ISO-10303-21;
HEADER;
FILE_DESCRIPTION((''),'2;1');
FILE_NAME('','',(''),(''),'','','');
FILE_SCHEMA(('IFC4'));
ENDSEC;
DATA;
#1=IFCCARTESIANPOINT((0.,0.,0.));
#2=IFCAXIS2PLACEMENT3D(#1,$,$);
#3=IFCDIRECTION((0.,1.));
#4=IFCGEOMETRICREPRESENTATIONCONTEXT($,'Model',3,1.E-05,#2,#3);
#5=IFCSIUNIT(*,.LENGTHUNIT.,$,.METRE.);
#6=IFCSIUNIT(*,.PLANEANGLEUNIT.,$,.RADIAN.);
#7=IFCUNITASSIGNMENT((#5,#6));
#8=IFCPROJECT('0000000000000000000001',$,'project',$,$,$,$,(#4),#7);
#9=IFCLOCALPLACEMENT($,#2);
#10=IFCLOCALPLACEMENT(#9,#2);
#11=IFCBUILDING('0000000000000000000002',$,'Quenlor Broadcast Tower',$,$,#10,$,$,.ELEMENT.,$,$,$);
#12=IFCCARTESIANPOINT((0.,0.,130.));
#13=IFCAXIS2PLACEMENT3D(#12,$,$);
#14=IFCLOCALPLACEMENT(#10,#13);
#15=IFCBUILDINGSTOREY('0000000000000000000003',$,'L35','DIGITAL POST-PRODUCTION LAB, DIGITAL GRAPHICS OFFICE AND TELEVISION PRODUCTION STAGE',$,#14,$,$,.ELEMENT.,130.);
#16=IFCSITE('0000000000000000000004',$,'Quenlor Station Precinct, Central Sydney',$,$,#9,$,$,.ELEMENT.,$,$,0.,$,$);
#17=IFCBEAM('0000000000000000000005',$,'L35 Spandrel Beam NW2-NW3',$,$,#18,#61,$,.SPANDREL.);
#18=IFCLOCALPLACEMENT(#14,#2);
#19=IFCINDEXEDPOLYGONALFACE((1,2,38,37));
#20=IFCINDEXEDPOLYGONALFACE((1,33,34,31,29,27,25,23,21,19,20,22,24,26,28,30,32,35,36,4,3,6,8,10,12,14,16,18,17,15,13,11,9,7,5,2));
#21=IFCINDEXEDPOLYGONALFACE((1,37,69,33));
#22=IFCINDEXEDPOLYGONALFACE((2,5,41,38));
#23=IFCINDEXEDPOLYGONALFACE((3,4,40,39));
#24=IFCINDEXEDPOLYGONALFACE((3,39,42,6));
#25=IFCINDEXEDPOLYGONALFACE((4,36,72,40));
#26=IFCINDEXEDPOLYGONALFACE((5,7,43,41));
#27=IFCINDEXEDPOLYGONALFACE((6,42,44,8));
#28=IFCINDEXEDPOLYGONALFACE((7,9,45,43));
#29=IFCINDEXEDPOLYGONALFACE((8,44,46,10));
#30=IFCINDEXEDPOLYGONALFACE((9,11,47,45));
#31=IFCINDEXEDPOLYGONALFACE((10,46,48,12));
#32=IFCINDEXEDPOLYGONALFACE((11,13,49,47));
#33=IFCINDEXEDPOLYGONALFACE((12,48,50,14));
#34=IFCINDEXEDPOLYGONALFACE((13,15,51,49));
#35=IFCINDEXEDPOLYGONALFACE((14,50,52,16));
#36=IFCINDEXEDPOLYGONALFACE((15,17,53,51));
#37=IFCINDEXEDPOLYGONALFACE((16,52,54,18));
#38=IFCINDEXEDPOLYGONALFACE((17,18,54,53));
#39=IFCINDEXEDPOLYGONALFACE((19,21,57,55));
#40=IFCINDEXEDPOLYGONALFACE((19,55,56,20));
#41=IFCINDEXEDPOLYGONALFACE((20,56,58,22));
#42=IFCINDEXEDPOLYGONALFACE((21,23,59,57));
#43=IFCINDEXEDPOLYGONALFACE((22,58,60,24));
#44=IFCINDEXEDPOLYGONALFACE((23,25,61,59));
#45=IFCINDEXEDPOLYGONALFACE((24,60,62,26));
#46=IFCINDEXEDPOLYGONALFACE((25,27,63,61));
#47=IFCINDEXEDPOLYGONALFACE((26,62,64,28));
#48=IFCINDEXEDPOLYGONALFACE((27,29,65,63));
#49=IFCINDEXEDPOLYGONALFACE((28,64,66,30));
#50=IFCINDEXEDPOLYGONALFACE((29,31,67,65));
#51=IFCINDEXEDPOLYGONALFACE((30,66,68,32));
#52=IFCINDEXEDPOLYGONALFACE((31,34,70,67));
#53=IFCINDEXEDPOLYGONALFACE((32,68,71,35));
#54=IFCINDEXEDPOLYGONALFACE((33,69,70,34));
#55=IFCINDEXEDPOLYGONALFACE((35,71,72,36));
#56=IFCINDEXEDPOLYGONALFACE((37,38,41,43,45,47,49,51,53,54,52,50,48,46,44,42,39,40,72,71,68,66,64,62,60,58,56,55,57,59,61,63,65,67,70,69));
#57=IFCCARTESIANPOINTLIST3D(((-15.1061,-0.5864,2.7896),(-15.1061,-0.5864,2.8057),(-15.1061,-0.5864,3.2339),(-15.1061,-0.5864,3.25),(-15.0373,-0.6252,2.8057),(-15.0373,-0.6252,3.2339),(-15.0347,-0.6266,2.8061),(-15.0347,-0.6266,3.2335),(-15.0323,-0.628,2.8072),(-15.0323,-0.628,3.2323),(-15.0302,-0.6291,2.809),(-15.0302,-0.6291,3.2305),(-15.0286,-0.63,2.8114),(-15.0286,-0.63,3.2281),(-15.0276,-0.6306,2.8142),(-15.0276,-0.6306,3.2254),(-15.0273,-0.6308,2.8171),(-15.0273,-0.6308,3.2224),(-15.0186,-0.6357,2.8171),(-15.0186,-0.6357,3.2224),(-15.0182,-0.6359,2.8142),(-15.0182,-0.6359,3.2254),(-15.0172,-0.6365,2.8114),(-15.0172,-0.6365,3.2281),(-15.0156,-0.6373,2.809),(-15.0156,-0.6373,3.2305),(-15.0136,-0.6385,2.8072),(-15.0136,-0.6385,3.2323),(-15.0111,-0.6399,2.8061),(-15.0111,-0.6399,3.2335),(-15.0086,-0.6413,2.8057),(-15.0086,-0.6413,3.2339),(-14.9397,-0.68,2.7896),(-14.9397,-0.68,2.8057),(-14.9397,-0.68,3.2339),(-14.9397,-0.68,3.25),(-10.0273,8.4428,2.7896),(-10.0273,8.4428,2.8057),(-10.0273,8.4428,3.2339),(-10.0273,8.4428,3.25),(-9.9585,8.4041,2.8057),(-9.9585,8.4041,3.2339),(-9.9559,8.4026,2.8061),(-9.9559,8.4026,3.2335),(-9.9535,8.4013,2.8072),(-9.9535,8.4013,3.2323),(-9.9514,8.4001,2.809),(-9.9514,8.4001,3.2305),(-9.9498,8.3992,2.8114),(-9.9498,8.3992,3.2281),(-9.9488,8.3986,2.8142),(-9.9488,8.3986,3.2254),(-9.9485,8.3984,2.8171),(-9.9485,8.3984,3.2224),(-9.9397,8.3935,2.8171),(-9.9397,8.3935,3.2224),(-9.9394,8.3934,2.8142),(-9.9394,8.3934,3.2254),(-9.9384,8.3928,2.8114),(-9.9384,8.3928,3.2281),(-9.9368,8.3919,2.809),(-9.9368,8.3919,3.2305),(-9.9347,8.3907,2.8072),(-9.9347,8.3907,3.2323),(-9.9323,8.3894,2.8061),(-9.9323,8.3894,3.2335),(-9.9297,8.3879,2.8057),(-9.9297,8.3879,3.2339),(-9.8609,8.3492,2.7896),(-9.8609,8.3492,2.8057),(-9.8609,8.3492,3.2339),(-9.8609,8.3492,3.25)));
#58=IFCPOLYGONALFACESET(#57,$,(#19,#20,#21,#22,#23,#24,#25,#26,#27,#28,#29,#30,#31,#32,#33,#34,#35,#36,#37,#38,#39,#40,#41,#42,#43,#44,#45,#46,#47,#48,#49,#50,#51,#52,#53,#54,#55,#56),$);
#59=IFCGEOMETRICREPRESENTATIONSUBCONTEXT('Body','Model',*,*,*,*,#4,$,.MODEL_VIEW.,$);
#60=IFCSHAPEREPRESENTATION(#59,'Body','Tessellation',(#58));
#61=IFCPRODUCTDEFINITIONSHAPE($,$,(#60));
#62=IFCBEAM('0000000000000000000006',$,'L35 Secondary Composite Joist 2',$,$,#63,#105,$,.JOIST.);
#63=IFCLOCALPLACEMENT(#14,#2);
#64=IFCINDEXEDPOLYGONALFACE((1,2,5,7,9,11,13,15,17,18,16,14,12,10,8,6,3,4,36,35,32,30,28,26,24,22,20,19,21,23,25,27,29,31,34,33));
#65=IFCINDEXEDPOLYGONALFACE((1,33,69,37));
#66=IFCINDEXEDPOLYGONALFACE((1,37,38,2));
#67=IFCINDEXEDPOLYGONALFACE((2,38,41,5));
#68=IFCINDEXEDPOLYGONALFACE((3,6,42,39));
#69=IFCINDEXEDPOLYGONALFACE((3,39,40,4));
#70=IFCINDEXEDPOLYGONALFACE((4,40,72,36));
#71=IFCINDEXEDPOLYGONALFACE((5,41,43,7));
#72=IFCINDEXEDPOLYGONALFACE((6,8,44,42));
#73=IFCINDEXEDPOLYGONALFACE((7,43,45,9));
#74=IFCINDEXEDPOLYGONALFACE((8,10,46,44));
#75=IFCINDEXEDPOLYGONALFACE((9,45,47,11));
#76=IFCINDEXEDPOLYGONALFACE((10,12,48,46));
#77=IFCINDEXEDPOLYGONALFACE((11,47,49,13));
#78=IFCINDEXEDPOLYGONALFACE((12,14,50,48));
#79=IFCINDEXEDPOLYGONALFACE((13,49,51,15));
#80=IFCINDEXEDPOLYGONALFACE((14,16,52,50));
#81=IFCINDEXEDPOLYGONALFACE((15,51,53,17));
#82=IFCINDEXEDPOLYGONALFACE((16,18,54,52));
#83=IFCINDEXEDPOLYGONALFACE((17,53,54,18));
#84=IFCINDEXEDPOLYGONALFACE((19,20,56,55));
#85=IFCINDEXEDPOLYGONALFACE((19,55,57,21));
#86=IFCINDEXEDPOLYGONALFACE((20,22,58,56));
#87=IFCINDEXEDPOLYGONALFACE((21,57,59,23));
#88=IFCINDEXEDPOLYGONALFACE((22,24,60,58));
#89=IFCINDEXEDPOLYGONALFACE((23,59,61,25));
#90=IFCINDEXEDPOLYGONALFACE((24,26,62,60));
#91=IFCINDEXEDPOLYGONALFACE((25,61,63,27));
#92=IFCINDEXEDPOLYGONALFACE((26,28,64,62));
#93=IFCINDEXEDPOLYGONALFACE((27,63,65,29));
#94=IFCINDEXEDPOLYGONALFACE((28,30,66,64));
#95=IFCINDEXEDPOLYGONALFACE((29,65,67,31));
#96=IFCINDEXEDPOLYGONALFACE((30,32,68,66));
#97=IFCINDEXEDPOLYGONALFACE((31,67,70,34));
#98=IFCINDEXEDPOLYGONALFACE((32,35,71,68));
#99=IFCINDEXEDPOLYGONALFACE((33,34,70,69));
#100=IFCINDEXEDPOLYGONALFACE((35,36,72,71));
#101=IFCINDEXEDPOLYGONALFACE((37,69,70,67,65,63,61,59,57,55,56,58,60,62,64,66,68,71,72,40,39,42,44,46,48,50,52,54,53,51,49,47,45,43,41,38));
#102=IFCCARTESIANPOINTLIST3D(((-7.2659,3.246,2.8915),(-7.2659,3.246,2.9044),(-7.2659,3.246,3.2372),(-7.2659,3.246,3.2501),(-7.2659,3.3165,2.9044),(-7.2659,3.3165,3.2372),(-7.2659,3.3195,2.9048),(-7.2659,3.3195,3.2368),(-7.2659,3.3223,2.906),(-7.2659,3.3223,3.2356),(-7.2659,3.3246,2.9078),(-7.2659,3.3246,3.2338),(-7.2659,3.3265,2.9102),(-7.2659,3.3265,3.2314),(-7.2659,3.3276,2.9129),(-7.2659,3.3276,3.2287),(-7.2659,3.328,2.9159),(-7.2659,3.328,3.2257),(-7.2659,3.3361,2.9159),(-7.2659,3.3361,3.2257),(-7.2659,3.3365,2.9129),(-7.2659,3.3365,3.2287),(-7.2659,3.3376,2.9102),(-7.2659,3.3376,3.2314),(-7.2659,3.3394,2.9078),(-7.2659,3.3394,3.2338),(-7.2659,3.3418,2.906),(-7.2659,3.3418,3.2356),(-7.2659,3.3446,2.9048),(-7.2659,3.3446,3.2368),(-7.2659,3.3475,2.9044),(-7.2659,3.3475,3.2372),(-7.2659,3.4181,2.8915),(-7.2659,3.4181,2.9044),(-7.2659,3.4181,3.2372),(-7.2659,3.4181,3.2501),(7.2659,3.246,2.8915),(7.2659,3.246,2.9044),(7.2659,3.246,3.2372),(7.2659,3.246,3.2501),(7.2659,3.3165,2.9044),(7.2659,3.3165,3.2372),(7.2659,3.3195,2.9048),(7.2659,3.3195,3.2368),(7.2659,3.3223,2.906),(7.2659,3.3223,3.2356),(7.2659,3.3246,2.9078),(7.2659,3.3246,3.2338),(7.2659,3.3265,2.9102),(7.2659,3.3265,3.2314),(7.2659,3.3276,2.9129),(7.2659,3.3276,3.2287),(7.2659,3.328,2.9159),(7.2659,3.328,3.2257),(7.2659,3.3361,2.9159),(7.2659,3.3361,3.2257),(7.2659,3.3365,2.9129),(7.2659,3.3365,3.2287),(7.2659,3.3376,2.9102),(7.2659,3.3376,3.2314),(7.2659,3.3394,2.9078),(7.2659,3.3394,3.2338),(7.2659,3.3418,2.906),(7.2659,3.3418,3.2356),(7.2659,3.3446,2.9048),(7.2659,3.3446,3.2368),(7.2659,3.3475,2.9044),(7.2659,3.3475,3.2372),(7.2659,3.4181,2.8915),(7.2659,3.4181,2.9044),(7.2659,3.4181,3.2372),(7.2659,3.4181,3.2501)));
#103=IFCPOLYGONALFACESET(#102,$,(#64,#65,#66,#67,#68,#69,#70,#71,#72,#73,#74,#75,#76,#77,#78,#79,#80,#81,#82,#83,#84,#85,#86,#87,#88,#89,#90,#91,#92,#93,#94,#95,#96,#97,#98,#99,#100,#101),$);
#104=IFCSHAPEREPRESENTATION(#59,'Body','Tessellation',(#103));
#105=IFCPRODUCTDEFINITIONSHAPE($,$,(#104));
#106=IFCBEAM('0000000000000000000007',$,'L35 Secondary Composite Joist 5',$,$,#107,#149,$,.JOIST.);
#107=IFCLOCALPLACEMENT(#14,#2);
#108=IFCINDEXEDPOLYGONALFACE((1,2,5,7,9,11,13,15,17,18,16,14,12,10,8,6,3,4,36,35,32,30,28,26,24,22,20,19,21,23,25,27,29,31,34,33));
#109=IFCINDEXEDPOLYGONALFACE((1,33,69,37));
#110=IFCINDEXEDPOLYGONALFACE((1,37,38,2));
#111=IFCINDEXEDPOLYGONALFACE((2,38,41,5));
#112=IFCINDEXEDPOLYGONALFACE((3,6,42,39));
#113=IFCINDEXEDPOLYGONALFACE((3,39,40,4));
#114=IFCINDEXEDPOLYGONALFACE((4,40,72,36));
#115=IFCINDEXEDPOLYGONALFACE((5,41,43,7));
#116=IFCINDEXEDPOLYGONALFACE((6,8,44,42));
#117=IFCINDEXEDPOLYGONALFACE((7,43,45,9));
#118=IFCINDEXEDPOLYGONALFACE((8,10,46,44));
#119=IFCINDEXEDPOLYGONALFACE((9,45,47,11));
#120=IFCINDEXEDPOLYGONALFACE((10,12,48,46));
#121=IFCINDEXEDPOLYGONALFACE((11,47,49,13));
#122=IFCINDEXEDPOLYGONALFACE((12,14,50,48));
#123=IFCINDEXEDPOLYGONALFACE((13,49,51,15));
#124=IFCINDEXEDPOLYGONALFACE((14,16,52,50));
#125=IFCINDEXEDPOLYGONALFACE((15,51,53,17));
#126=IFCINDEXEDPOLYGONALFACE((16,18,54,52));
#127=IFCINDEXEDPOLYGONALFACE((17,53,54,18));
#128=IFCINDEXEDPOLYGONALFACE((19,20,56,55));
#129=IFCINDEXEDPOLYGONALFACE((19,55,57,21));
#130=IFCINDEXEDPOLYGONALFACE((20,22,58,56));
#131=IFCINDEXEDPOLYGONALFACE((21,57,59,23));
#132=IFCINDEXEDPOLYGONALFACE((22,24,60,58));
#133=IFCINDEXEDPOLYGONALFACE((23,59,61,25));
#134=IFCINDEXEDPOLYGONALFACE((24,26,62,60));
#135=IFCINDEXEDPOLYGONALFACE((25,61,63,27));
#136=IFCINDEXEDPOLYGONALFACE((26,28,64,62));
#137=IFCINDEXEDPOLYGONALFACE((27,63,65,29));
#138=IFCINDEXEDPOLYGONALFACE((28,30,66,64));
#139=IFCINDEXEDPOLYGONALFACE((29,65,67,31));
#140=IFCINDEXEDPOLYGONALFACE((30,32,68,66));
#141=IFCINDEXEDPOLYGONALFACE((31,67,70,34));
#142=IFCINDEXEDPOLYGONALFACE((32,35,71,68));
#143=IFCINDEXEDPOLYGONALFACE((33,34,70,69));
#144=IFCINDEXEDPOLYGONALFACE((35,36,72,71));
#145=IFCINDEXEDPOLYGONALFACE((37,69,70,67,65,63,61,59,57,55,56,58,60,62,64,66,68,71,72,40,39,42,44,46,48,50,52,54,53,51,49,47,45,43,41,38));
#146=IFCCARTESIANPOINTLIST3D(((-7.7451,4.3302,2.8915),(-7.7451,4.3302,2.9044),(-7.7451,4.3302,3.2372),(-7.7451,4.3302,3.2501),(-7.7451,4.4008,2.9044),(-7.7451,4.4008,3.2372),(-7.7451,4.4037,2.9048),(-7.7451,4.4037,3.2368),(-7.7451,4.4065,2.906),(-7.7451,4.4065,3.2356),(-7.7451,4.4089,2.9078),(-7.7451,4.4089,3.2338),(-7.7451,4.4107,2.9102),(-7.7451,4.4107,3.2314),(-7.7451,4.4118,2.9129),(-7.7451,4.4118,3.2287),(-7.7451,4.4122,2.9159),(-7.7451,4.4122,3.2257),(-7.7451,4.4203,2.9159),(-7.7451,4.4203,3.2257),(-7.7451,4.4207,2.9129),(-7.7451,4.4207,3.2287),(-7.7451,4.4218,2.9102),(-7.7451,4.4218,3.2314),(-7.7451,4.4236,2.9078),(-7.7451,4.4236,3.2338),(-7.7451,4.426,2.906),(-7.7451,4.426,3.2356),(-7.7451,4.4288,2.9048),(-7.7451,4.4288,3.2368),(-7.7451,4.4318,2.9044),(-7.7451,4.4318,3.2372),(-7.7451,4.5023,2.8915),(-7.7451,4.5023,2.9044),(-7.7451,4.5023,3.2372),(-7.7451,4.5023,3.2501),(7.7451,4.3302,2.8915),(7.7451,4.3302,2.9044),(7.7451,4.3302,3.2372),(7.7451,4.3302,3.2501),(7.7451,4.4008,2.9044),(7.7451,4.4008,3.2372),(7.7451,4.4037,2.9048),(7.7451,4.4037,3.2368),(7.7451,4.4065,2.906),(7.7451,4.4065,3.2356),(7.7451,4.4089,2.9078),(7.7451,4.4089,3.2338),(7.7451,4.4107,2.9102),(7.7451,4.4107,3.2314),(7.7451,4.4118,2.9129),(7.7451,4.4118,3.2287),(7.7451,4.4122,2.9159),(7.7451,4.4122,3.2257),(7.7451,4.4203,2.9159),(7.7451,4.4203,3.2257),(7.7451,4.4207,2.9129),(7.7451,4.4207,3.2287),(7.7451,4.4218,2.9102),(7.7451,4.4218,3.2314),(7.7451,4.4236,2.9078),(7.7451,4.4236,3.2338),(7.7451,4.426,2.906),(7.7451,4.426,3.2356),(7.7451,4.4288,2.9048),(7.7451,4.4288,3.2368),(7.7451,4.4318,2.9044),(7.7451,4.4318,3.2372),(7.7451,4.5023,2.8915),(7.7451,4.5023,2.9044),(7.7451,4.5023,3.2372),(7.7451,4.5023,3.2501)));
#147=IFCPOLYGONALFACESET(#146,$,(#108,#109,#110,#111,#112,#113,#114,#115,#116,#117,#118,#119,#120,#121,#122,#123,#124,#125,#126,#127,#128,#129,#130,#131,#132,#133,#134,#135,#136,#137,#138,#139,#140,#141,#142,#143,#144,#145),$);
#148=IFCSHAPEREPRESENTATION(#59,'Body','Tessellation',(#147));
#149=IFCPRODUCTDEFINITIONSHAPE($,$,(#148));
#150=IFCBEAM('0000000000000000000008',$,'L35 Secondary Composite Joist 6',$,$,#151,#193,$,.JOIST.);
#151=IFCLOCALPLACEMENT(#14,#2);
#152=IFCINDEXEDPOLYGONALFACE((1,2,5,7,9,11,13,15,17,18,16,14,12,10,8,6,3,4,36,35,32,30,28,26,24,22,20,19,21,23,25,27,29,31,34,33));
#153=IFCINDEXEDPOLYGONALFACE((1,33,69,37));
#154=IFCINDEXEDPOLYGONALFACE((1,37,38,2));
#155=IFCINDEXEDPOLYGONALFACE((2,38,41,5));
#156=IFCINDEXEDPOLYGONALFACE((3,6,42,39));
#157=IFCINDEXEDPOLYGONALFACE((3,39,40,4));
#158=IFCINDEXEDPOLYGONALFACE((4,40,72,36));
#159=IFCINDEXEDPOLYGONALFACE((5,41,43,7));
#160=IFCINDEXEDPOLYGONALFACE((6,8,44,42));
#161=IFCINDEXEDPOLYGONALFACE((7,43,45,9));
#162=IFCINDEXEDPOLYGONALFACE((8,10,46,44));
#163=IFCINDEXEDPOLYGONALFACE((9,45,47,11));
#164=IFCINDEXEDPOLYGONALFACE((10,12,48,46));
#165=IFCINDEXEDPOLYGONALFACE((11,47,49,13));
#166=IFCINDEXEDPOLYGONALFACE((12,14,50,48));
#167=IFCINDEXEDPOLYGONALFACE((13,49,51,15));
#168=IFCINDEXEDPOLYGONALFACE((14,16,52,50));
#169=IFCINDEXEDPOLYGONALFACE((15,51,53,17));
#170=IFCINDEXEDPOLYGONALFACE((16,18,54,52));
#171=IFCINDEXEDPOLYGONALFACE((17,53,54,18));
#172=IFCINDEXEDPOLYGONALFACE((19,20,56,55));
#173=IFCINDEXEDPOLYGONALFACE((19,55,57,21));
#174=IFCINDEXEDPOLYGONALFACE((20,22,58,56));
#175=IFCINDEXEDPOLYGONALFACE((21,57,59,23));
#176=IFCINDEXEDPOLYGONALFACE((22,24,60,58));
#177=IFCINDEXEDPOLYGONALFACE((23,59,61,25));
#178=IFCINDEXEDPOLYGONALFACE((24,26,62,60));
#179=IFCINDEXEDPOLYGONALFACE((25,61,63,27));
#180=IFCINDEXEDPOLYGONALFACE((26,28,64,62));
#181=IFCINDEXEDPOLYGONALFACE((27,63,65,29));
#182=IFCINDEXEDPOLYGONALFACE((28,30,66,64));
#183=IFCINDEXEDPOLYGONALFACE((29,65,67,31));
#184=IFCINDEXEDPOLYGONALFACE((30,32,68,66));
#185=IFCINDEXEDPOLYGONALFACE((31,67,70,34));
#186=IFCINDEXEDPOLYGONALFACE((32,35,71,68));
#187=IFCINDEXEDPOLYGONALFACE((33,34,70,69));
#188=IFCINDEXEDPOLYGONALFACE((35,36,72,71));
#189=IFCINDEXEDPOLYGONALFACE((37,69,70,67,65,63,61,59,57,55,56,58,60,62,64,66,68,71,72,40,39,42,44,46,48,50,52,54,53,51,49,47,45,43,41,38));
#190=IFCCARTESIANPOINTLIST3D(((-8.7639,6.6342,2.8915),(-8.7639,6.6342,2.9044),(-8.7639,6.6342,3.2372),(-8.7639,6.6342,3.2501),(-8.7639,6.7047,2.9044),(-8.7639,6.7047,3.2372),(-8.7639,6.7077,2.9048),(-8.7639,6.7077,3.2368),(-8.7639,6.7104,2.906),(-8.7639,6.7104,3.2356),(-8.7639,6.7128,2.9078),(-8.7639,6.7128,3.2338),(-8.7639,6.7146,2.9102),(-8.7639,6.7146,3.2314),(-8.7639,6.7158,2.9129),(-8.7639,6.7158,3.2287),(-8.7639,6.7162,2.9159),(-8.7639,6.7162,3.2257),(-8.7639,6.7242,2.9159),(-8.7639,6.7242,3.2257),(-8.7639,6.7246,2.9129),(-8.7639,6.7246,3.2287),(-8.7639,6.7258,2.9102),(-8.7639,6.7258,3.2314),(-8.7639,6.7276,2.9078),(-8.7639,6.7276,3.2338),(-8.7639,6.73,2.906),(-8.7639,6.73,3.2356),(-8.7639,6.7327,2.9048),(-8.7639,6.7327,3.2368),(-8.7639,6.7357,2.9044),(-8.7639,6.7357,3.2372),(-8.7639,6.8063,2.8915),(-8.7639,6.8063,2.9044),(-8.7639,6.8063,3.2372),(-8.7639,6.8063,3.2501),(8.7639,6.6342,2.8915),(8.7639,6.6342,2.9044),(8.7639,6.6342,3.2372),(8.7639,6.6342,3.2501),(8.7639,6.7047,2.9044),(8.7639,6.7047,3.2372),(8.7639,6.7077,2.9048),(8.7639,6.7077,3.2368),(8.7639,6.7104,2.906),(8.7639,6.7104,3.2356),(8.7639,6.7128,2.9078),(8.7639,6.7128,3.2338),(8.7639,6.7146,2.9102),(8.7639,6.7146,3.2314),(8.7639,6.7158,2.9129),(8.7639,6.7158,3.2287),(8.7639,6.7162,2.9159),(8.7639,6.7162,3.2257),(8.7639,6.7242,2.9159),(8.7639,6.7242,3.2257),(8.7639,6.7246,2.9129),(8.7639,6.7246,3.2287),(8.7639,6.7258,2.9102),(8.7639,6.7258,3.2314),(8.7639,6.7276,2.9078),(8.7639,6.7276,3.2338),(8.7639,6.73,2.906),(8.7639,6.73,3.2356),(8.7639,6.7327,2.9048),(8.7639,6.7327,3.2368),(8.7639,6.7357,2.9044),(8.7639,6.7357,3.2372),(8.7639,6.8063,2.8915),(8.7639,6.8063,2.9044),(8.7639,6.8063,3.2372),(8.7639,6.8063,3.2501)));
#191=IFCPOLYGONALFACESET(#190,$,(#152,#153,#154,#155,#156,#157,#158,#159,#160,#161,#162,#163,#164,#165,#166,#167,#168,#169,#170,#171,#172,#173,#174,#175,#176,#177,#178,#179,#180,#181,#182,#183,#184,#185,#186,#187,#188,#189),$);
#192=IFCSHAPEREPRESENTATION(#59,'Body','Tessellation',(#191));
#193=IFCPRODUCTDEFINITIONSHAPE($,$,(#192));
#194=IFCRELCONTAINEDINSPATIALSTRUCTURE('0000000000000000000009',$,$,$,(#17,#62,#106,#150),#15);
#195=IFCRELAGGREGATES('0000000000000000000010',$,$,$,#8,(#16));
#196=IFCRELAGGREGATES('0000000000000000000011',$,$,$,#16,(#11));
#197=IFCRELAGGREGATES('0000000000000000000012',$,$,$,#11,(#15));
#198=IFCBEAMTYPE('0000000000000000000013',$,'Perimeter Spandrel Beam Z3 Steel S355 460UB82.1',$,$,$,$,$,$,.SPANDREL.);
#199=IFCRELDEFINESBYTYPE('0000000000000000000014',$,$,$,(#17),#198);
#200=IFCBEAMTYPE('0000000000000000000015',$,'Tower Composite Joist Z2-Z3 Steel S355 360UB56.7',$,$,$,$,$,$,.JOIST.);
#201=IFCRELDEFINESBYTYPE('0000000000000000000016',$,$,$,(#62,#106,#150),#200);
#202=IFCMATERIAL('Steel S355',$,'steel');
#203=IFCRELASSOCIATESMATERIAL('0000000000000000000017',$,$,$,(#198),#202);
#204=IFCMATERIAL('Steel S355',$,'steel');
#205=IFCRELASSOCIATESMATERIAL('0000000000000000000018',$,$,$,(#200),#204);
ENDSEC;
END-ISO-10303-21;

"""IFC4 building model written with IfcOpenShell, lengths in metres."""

from ifc_helpers import new_model, si_unit, direction, frame, origin, origin_2d, place, context, subcontext, project, spatial, i_section, extrude, material, material_profile, profile_set, type_object, element, save


model = new_model("IFC4")

# Units and contexts
model_context = context("Model", 3, precision=1e-05, world=origin(), true_north=direction((0.0, 1.0)))
body_context = subcontext(model_context, "Body", "Model", "MODEL_VIEW")
ifc_project = project(units=[si_unit("LENGTHUNIT", "METRE"), si_unit("PLANEANGLEUNIT", "RADIAN")], contexts=[model_context])

# Site, building, storey
site_placement = place(None, origin())
site = spatial("IfcSite", under=ifc_project, at=site_placement, Name="Quenlor Station Precinct, Central Sydney", CompositionType="ELEMENT", RefElevation=0.0)
building_placement = place(site_placement, origin())
building = spatial("IfcBuilding", under=site, at=building_placement, Name="Quenlor Broadcast Tower", CompositionType="ELEMENT")
storey_placement = place(building_placement, frame((0.0, 0.0, 130.0)))
storey = spatial("IfcBuildingStorey", under=building, at=storey_placement, Name="L35", Description="DIGITAL POST-PRODUCTION LAB, DIGITAL GRAPHICS OFFICE AND TELEVISION PRODUCTION STAGE", CompositionType="ELEMENT", Elevation=130.0)

# Beams
ifc_material_1 = material(Name="Steel S355", Category="steel")
ifc_material_profile_1 = material_profile(ifc_material_1, i_section(OverallWidth=0.1909, OverallDepth=0.4604, WebThickness=0.01, FlangeThickness=0.0161, FilletRadius=0.0115, at=origin_2d()))
ifc_profile_set_1 = profile_set([ifc_material_profile_1], Name="Steel S355 460UB82.1")
beam_type_1 = type_object("IfcBeamType", Name="Perimeter Spandrel Beam Z3 Steel S355 460UB82.1", PredefinedType="SPANDREL", material=ifc_profile_set_1)
beam_1_placement = place(storey_placement, frame((-9.9441, 8.396, 3.0198), z_axis=(-0.490252, -0.871581, 0.0), x_axis=(0.871581, -0.490252, 0.0)))
element("IfcBeam", 1, at=beam_1_placement, inside=storey, type_object=beam_type_1, Name="L35 Spandrel Beam NW2-NW3", PredefinedType="SPANDREL", context=body_context, shape_type="SweptSolid", body=[
    extrude(i_section(OverallWidth=0.1909, OverallDepth=0.4604, WebThickness=0.01, FlangeThickness=0.0161, FilletRadius=0.0115, at=origin_2d()), origin(), (0.0, 0.0, 1.0), 10.3596),
])
ifc_material_2 = material(Name="Steel S355", Category="steel")
ifc_material_profile_2 = material_profile(ifc_material_2, i_section(OverallWidth=0.1721, OverallDepth=0.3586, WebThickness=0.0081, FlangeThickness=0.0129, FilletRadius=0.0115, at=origin_2d()))
ifc_profile_set_2 = profile_set([ifc_material_profile_2], Name="Steel S355 360UB56.7")
beam_type_2 = type_object("IfcBeamType", Name="Tower Composite Joist Z2-Z3 Steel S355 360UB56.7", PredefinedType="JOIST", material=ifc_profile_set_2)
beam_2_placement = place(storey_placement, frame((-7.2659, 3.332, 3.0708), z_axis=(1.0, 0.0, 0.0), x_axis=(0.0, 1.0, 0.0)))
element("IfcBeam", 2, at=beam_2_placement, inside=storey, type_object=beam_type_2, Name="L35 Secondary Composite Joist 2", PredefinedType="JOIST", context=body_context, shape_type="SweptSolid", body=[
    extrude(i_section(OverallWidth=0.1721, OverallDepth=0.3586, WebThickness=0.0081, FlangeThickness=0.0129, FilletRadius=0.0115, at=origin_2d()), origin(), (0.0, 0.0, 1.0), 14.5317),
])
beam_3_placement = place(storey_placement, frame((-7.7451, 4.4163, 3.0708), z_axis=(1.0, 0.0, 0.0), x_axis=(0.0, 1.0, 0.0)))
element("IfcBeam", 3, at=beam_3_placement, inside=storey, type_object=beam_type_2, Name="L35 Secondary Composite Joist 5", PredefinedType="JOIST", context=body_context, shape_type="SweptSolid", body=[
    extrude(i_section(OverallWidth=0.1721, OverallDepth=0.3586, WebThickness=0.0081, FlangeThickness=0.0129, FilletRadius=0.0115, at=origin_2d()), origin(), (0.0, 0.0, 1.0), 15.4902),
])
beam_4_placement = place(storey_placement, frame((-8.7639, 6.7202, 3.0708), z_axis=(1.0, 0.0, 0.0), x_axis=(0.0, 1.0, 0.0)))
element("IfcBeam", 4, at=beam_4_placement, inside=storey, type_object=beam_type_2, Name="L35 Secondary Composite Joist 6", PredefinedType="JOIST", context=body_context, shape_type="SweptSolid", body=[
    extrude(i_section(OverallWidth=0.1721, OverallDepth=0.3586, WebThickness=0.0081, FlangeThickness=0.0129, FilletRadius=0.0115, at=origin_2d()), origin(), (0.0, 0.0, 1.0), 17.5278),
])

save(model, "model.ifc")
